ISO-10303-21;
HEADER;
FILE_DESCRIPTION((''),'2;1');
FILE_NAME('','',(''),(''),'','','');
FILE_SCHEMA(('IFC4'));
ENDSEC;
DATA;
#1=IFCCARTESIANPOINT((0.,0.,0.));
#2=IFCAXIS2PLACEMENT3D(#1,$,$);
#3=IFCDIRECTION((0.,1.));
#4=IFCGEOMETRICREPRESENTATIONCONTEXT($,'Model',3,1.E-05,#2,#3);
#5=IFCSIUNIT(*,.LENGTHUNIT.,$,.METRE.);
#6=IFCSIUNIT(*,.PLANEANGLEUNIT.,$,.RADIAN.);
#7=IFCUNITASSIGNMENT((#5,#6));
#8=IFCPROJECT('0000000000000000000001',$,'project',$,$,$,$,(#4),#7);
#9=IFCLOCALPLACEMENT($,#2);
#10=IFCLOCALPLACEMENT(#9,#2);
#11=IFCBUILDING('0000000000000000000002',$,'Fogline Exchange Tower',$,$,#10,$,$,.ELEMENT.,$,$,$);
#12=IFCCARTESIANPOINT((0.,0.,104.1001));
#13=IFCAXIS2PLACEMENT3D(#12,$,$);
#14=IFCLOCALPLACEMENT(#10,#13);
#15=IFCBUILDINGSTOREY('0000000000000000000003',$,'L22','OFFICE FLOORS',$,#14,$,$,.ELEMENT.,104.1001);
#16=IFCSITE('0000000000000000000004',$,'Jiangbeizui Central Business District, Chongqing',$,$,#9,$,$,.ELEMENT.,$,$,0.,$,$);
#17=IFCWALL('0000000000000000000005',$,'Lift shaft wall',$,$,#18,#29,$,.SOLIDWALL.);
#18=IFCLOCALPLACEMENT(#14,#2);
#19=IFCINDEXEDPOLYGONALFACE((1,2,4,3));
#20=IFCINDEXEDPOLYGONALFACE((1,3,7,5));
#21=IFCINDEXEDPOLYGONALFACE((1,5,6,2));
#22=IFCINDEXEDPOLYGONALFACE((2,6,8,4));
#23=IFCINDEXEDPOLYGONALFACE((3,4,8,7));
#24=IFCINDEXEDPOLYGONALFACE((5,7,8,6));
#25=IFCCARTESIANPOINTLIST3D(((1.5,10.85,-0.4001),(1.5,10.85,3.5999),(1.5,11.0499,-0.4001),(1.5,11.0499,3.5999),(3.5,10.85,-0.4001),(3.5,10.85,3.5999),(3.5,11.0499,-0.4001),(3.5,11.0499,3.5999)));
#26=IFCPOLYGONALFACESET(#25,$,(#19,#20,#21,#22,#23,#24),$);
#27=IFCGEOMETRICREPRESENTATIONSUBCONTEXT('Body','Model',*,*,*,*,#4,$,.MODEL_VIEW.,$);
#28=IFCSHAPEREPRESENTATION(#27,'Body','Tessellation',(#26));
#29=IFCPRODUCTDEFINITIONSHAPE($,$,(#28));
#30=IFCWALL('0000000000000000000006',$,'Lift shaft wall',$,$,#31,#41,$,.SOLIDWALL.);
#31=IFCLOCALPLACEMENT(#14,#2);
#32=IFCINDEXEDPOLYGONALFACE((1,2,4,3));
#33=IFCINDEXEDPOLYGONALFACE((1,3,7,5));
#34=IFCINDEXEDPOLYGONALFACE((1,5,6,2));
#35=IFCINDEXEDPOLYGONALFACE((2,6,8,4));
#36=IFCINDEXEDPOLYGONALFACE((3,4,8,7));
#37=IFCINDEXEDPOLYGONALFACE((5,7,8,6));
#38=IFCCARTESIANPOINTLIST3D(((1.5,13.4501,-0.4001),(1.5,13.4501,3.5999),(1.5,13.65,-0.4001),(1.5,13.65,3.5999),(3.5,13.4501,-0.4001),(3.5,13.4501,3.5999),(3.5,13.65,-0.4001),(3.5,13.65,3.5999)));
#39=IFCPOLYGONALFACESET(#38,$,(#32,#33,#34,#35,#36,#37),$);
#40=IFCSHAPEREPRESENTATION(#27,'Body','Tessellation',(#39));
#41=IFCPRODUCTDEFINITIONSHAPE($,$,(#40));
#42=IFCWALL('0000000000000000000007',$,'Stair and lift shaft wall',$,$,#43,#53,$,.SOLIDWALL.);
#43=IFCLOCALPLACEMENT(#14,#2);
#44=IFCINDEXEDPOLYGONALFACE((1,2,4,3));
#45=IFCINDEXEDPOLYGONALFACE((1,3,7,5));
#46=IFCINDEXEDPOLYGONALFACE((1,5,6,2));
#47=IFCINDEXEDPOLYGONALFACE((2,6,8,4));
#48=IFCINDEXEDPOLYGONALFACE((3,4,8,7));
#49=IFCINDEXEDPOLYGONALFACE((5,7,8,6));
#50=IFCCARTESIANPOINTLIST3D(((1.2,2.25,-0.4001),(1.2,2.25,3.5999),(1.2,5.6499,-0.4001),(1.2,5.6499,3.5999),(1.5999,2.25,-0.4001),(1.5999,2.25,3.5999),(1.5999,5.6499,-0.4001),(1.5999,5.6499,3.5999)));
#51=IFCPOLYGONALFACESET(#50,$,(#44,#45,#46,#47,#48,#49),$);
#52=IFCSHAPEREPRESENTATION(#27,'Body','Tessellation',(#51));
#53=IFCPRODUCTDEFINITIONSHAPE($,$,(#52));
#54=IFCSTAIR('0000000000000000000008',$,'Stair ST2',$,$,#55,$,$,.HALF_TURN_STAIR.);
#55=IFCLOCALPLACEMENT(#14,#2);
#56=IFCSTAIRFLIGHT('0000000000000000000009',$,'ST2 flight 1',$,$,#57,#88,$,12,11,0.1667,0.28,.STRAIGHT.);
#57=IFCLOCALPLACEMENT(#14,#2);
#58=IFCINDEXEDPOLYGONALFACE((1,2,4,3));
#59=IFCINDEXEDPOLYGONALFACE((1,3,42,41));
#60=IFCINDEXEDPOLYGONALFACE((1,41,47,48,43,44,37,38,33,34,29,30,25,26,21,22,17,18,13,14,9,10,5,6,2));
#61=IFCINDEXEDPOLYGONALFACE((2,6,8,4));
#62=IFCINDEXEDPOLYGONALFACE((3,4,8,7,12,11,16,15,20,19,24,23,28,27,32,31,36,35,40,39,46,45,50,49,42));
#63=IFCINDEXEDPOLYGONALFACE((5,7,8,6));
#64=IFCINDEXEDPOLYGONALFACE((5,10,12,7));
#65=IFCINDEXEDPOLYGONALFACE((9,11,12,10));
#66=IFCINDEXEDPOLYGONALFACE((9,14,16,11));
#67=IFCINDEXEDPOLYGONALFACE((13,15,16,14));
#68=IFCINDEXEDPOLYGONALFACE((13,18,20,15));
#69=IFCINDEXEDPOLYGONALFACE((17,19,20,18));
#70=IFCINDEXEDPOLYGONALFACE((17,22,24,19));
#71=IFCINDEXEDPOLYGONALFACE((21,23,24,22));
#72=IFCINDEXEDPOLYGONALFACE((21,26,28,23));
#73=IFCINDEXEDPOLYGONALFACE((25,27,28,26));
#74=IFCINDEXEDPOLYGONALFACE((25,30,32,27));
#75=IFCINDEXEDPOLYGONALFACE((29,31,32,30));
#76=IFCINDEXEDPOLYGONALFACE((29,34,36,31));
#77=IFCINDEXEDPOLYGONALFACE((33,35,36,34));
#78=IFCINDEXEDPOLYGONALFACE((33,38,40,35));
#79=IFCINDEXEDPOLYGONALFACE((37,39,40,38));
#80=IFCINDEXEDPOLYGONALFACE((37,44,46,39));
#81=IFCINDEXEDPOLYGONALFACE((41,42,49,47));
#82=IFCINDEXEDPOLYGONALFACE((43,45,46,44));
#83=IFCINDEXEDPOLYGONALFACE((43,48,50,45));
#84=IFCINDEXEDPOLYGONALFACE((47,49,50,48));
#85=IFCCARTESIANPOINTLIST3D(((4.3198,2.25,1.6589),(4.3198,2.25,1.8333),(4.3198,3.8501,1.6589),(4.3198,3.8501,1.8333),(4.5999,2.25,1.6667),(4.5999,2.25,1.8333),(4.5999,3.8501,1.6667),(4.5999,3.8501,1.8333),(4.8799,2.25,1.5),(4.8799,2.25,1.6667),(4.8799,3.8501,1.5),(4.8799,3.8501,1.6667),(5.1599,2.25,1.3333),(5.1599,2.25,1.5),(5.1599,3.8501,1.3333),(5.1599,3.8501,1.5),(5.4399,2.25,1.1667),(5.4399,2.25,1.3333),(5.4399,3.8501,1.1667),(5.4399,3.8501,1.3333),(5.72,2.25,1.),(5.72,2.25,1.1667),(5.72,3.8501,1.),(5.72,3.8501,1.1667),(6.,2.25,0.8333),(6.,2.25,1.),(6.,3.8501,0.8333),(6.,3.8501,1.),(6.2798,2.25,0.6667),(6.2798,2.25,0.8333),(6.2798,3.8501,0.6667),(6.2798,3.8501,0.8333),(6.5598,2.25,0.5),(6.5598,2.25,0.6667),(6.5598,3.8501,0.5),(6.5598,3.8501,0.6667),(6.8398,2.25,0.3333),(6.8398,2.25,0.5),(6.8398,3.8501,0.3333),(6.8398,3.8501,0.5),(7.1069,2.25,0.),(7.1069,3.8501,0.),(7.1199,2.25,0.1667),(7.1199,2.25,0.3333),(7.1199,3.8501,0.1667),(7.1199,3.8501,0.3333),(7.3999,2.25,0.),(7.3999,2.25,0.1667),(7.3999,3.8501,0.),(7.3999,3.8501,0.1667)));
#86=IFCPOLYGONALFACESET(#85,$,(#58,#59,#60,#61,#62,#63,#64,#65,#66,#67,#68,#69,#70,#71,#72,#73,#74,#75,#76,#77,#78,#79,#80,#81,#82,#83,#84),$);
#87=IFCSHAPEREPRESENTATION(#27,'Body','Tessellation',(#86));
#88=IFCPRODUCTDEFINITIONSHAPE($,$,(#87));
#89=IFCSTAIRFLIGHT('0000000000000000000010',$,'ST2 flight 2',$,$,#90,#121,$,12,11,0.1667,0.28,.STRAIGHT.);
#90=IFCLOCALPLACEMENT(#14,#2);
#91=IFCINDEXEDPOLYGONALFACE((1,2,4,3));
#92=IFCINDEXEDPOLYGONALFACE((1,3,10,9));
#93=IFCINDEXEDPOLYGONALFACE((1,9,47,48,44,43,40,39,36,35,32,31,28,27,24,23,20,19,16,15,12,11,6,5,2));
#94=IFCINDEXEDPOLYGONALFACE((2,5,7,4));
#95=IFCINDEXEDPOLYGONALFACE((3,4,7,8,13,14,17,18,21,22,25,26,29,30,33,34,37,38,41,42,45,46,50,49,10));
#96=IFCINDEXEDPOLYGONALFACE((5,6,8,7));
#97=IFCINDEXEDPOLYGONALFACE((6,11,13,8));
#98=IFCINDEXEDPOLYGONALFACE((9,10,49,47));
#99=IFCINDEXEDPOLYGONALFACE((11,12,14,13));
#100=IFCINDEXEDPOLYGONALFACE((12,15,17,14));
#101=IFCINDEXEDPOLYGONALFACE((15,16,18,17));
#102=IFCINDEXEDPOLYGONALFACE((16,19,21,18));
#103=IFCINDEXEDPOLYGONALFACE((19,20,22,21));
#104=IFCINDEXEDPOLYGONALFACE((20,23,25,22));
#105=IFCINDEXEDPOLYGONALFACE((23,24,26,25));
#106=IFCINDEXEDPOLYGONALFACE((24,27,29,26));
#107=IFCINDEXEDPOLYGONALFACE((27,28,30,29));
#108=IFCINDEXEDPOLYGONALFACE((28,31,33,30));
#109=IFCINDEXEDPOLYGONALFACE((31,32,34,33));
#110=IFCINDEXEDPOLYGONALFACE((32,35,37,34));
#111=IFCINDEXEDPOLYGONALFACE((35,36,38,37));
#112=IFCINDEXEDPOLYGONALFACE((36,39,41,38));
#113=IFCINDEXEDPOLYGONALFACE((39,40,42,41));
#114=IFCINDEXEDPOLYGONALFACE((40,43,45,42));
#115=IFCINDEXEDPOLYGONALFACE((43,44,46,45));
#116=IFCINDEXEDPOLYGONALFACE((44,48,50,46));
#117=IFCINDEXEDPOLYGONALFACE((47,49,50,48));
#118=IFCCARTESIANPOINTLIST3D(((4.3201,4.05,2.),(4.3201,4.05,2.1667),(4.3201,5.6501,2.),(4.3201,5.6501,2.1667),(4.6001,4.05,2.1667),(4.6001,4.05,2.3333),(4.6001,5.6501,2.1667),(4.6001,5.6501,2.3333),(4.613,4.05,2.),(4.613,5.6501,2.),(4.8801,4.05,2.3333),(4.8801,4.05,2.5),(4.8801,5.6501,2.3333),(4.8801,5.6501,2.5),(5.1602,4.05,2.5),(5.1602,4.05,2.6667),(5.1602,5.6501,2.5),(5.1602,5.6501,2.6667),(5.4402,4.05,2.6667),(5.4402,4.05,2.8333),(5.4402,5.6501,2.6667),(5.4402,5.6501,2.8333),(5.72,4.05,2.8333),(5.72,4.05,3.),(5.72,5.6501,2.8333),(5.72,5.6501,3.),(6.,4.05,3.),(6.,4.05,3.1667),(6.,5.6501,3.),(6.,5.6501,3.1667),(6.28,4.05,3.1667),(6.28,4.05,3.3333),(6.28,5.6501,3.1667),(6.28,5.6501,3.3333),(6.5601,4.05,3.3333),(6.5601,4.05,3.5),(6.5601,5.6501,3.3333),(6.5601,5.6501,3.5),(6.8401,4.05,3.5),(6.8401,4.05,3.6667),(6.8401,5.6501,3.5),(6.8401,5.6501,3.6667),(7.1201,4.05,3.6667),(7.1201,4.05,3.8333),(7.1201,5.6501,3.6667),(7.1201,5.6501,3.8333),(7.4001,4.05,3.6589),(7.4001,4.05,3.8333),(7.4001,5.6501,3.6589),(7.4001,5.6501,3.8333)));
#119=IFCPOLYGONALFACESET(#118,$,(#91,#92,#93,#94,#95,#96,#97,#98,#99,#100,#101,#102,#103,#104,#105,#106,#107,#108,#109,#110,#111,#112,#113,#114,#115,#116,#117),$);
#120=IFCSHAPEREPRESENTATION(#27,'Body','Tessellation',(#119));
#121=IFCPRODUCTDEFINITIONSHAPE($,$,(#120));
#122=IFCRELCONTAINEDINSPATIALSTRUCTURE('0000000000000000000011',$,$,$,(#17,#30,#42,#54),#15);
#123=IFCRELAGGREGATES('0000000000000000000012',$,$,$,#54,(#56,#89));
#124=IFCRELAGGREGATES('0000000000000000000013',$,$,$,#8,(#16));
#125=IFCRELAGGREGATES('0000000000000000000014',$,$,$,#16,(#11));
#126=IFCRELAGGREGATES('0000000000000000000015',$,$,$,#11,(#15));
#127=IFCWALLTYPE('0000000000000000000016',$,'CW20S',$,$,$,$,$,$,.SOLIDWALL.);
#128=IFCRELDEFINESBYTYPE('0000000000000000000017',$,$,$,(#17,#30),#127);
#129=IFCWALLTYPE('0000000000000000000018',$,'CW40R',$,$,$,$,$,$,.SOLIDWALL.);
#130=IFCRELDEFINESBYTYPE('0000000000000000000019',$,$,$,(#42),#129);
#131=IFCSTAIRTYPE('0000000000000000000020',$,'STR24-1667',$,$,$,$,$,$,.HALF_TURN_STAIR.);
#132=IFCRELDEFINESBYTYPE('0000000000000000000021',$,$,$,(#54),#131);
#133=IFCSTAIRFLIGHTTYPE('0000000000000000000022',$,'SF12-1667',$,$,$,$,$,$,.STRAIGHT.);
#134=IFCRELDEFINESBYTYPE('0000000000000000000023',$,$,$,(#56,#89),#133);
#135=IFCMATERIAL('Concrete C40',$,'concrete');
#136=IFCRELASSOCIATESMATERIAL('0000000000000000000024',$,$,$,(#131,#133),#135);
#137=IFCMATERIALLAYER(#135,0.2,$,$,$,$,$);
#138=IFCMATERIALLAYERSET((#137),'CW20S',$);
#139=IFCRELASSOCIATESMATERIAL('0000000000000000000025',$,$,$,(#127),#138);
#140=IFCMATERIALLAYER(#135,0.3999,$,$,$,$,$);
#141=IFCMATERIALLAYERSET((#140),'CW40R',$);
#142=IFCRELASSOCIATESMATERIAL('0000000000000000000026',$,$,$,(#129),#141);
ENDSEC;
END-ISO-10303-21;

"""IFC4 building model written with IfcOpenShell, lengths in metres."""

from ifc_helpers import new_model, si_unit, direction, frame, frame_2d, origin, place, context, subcontext, project, spatial, polyline, rectangle, outline, extrude, material, layer, layer_set, type_object, element, aggregate, save


model = new_model("IFC4")

# Units and contexts
model_context = context("Model", 3, precision=1e-05, world=origin(), true_north=direction((0.0, 1.0)))
body_context = subcontext(model_context, "Body", "Model", "MODEL_VIEW")
ifc_project = project(units=[si_unit("LENGTHUNIT", "METRE"), si_unit("PLANEANGLEUNIT", "RADIAN")], contexts=[model_context])

# Site, building, storey
site_placement = place(None, origin())
site = spatial("IfcSite", under=ifc_project, at=site_placement, Name="Jiangbeizui Central Business District, Chongqing", CompositionType="ELEMENT", RefElevation=0.0)
building_placement = place(site_placement, origin())
building = spatial("IfcBuilding", under=site, at=building_placement, Name="Fogline Exchange Tower", CompositionType="ELEMENT")
storey_placement = place(building_placement, frame((0.0, 0.0, 104.1001)))
storey = spatial("IfcBuildingStorey", under=building, at=storey_placement, Name="L22", Description="OFFICE FLOORS", CompositionType="ELEMENT", Elevation=104.1001)

# Shared definitions
ifc_material_1 = material(Name="Concrete C40", Category="concrete")
stair_type = type_object("IfcStairType", Name="STR24-1667", PredefinedType="HALF_TURN_STAIR", material=ifc_material_1)

# Shared definitions
ifc_layer_1 = layer(ifc_material_1, 0.2)
ifc_layer_set_1 = layer_set([ifc_layer_1], Name="CW20S")
wall_type_1 = type_object("IfcWallType", Name="CW20S", PredefinedType="SOLIDWALL", material=ifc_layer_set_1)

# Walls
for number, where, z_axis, x_axis, name in (
    (1, (1.5, 10.95, -0.4001), (0.0, 0.0, 1.0), (1.0, 0.0, 0.0), "Lift shaft wall"),
    (2, (1.5, 13.55, -0.4001), (0.0, 0.0, 1.0), (1.0, 0.0, 0.0), "Lift shaft wall"),
):
    element("IfcWall", number, at=place(storey_placement, frame(where, z_axis=z_axis, x_axis=x_axis)), inside=storey, type_object=wall_type_1, Name=name, PredefinedType="SOLIDWALL", context=body_context, shape_type="SweptSolid", body=[
        extrude(rectangle(XDim=2.0, YDim=0.2, at=frame_2d((1.0, 0.0))), origin(), (0.0, 0.0, 1.0), 4.0),
    ])
ifc_layer_2 = layer(ifc_material_1, 0.3999)
ifc_layer_set_2 = layer_set([ifc_layer_2], Name="CW40R")
wall_type_2 = type_object("IfcWallType", Name="CW40R", PredefinedType="SOLIDWALL", material=ifc_layer_set_2)
wall_1_placement = place(storey_placement, frame((1.3999, 2.25, -0.4001), z_axis=(0.0, 0.0, 1.0), x_axis=(0.0, 1.0, 0.0)))
element("IfcWall", 3, at=wall_1_placement, inside=storey, type_object=wall_type_2, Name="Stair and lift shaft wall", PredefinedType="SOLIDWALL", context=body_context, shape_type="SweptSolid", body=[
    extrude(rectangle(XDim=3.3999, YDim=0.3999, at=frame_2d((1.7, 0.0))), origin(), (0.0, 0.0, 1.0), 4.0),
])

# Stair, stair flights
stair_1_placement = place(storey_placement, origin())
stair_1 = element("IfcStair", 4, at=stair_1_placement, inside=storey, type_object=stair_type, Name="Stair ST2", PredefinedType="HALF_TURN_STAIR")
stair_flight_type = type_object("IfcStairFlightType", Name="SF12-1667", PredefinedType="STRAIGHT", material=ifc_material_1)
stair_flight_1_placement = place(storey_placement, frame((7.3999, 3.05, 0.0), z_axis=(0.0, 0.0, 1.0), x_axis=(-1.0, 0.0, 0.0)))
stair_flight_1 = element("IfcStairFlight", 5, at=stair_flight_1_placement, type_object=stair_flight_type, Name="ST2 flight 1", NumberOfRisers=12, NumberOfTreads=11, PredefinedType="STRAIGHT", RiserHeight=0.1667, TreadLength=0.28, context=body_context, shape_type="SweptSolid", body=[
    extrude(outline(polyline([(0.0, 0.0), (0.0, 0.1667), (0.28, 0.1667), (0.28, 0.3333), (0.5601, 0.3333), (0.5601, 0.5), (0.8401, 0.5), (0.8401, 0.6667), (1.1201, 0.6667), (1.1201, 0.8333), (1.3999, 0.8333), (1.3999, 1.0), (1.6799, 1.0), (1.6799, 1.1667), (1.96, 1.1667), (1.96, 1.3333), (2.24, 1.3333), (2.24, 1.5), (2.52, 1.5), (2.52, 1.6667), (2.8, 1.6667), (2.8, 1.8333), (3.0801, 1.8333), (3.0801, 2.0), (3.0801, 1.6589), (0.293, 0.0), (0.0, 0.0)])), frame((0.0, 0.8, 0.0), z_axis=(0.0, -1.0, 0.0), x_axis=(1.0, 0.0, 0.0)), (0.0, 0.0, 1.0), 1.6001),
])
stair_flight_2_placement = place(storey_placement, frame((4.3201, 4.8501, 2.0), z_axis=(0.0, 0.0, 1.0), x_axis=(1.0, 0.0, 0.0)))
stair_flight_2 = element("IfcStairFlight", 6, at=stair_flight_2_placement, type_object=stair_flight_type, Name="ST2 flight 2", NumberOfRisers=12, NumberOfTreads=11, PredefinedType="STRAIGHT", RiserHeight=0.1667, TreadLength=0.28, context=body_context, shape_type="SweptSolid", body=[
    extrude(outline(polyline([(0.0, 0.0), (0.0, 0.1667), (0.28, 0.1667), (0.28, 0.3333), (0.5601, 0.3333), (0.5601, 0.5), (0.8401, 0.5), (0.8401, 0.6667), (1.1201, 0.6667), (1.1201, 0.8333), (1.3999, 0.8333), (1.3999, 1.0), (1.6799, 1.0), (1.6799, 1.1667), (1.96, 1.1667), (1.96, 1.3333), (2.24, 1.3333), (2.24, 1.5), (2.52, 1.5), (2.52, 1.6667), (2.8, 1.6667), (2.8, 1.8333), (3.0801, 1.8333), (3.0801, 2.0), (3.0801, 1.6589), (0.293, 0.0), (0.0, 0.0)])), frame((0.0, 0.8, 0.0), z_axis=(0.0, -1.0, 0.0), x_axis=(1.0, 0.0, 0.0)), (0.0, 0.0, 1.0), 1.6001),
])
aggregate(stair_1, [stair_flight_1, stair_flight_2])

save(model, "model.ifc")
